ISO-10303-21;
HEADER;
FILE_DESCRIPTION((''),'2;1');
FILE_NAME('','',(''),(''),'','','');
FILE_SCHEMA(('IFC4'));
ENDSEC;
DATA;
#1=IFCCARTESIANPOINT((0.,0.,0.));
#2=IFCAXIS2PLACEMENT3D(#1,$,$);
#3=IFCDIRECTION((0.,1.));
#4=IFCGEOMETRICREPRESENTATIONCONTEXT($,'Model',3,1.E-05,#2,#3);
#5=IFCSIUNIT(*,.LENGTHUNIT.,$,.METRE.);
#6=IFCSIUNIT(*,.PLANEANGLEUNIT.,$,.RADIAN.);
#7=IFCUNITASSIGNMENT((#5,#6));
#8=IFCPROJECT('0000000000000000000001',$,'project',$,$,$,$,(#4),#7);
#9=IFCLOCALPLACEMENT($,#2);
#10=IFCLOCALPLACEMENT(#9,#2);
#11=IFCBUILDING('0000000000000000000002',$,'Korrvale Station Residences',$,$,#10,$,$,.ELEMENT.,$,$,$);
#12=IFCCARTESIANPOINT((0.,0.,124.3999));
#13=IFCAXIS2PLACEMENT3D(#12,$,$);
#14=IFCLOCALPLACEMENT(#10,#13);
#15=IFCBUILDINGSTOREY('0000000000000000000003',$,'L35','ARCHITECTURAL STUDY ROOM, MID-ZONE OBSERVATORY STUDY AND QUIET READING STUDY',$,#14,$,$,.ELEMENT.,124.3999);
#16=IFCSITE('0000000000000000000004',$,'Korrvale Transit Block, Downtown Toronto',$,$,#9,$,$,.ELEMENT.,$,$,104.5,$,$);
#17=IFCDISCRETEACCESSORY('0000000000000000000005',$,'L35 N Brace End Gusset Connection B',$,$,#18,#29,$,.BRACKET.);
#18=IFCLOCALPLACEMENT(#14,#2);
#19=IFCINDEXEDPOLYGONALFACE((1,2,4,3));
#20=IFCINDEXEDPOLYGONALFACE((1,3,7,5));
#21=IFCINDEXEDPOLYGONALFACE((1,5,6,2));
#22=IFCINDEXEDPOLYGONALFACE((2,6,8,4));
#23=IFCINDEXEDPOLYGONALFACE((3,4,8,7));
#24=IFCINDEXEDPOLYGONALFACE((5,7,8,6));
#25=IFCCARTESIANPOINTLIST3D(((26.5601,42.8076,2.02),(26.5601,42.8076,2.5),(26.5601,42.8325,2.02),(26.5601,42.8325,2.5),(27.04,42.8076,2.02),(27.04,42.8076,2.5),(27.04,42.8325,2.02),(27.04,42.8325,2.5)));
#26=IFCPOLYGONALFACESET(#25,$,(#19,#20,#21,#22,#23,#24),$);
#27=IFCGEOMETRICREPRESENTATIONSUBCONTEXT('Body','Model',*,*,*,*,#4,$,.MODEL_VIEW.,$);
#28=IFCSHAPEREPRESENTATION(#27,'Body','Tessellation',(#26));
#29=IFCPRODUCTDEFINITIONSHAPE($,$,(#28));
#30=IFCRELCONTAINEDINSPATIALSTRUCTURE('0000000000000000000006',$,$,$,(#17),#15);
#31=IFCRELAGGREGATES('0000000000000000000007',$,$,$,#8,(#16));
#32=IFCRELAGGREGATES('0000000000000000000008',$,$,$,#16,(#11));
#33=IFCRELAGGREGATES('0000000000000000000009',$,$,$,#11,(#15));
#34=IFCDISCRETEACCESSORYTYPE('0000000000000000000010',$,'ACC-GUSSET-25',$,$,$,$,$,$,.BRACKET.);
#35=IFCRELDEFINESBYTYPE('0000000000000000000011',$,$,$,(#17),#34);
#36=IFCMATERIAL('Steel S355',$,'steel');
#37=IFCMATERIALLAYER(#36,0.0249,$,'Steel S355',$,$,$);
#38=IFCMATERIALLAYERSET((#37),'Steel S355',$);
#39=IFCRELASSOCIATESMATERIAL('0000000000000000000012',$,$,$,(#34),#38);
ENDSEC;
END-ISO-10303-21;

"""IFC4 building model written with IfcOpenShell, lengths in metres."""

from ifc_helpers import new_model, si_unit, direction, frame, origin, origin_2d, place, context, subcontext, project, spatial, rectangle, extrude, material, layer, layer_set, type_object, element, save


model = new_model("IFC4")

# Units and contexts
model_context = context("Model", 3, precision=1e-05, world=origin(), true_north=direction((0.0, 1.0)))
body_context = subcontext(model_context, "Body", "Model", "MODEL_VIEW")
ifc_project = project(units=[si_unit("LENGTHUNIT", "METRE"), si_unit("PLANEANGLEUNIT", "RADIAN")], contexts=[model_context])

# Site, building, storey
site_placement = place(None, origin())
site = spatial("IfcSite", under=ifc_project, at=site_placement, Name="Korrvale Transit Block, Downtown Toronto", CompositionType="ELEMENT", RefElevation=104.5)
building_placement = place(site_placement, origin())
building = spatial("IfcBuilding", under=site, at=building_placement, Name="Korrvale Station Residences", CompositionType="ELEMENT")
storey_placement = place(building_placement, frame((0.0, 0.0, 124.3999)))
storey = spatial("IfcBuildingStorey", under=building, at=storey_placement, Name="L35", Description="ARCHITECTURAL STUDY ROOM, MID-ZONE OBSERVATORY STUDY AND QUIET READING STUDY", CompositionType="ELEMENT", Elevation=124.3999)

# Shared definitions
ifc_material_1 = material(Name="Steel S355", Category="steel")

# Discrete accessory
ifc_layer_1 = layer(ifc_material_1, 0.0249, Name="Steel S355")
ifc_layer_set_1 = layer_set([ifc_layer_1], Name="Steel S355")
discrete_accessory_type = type_object("IfcDiscreteAccessoryType", Name="ACC-GUSSET-25", PredefinedType="BRACKET", material=ifc_layer_set_1)
for number, where, z_axis, x_axis, name in (
    (1, (26.8, 42.8201, 2.02), (0.0, 0.0, 1.0), (1.0, 0.0, 0.0), "L35 N Brace End Gusset Connection B"),
):
    element("IfcDiscreteAccessory", number, at=place(storey_placement, frame(where, z_axis=z_axis, x_axis=x_axis)), inside=storey, type_object=discrete_accessory_type, Name=name, PredefinedType="BRACKET", context=body_context, shape_type="SweptSolid", body=[
        extrude(rectangle(XDim=0.48, YDim=0.0249, at=origin_2d()), origin(), (0.0, 0.0, 1.0), 0.48),
    ])

save(model, "model.ifc")
